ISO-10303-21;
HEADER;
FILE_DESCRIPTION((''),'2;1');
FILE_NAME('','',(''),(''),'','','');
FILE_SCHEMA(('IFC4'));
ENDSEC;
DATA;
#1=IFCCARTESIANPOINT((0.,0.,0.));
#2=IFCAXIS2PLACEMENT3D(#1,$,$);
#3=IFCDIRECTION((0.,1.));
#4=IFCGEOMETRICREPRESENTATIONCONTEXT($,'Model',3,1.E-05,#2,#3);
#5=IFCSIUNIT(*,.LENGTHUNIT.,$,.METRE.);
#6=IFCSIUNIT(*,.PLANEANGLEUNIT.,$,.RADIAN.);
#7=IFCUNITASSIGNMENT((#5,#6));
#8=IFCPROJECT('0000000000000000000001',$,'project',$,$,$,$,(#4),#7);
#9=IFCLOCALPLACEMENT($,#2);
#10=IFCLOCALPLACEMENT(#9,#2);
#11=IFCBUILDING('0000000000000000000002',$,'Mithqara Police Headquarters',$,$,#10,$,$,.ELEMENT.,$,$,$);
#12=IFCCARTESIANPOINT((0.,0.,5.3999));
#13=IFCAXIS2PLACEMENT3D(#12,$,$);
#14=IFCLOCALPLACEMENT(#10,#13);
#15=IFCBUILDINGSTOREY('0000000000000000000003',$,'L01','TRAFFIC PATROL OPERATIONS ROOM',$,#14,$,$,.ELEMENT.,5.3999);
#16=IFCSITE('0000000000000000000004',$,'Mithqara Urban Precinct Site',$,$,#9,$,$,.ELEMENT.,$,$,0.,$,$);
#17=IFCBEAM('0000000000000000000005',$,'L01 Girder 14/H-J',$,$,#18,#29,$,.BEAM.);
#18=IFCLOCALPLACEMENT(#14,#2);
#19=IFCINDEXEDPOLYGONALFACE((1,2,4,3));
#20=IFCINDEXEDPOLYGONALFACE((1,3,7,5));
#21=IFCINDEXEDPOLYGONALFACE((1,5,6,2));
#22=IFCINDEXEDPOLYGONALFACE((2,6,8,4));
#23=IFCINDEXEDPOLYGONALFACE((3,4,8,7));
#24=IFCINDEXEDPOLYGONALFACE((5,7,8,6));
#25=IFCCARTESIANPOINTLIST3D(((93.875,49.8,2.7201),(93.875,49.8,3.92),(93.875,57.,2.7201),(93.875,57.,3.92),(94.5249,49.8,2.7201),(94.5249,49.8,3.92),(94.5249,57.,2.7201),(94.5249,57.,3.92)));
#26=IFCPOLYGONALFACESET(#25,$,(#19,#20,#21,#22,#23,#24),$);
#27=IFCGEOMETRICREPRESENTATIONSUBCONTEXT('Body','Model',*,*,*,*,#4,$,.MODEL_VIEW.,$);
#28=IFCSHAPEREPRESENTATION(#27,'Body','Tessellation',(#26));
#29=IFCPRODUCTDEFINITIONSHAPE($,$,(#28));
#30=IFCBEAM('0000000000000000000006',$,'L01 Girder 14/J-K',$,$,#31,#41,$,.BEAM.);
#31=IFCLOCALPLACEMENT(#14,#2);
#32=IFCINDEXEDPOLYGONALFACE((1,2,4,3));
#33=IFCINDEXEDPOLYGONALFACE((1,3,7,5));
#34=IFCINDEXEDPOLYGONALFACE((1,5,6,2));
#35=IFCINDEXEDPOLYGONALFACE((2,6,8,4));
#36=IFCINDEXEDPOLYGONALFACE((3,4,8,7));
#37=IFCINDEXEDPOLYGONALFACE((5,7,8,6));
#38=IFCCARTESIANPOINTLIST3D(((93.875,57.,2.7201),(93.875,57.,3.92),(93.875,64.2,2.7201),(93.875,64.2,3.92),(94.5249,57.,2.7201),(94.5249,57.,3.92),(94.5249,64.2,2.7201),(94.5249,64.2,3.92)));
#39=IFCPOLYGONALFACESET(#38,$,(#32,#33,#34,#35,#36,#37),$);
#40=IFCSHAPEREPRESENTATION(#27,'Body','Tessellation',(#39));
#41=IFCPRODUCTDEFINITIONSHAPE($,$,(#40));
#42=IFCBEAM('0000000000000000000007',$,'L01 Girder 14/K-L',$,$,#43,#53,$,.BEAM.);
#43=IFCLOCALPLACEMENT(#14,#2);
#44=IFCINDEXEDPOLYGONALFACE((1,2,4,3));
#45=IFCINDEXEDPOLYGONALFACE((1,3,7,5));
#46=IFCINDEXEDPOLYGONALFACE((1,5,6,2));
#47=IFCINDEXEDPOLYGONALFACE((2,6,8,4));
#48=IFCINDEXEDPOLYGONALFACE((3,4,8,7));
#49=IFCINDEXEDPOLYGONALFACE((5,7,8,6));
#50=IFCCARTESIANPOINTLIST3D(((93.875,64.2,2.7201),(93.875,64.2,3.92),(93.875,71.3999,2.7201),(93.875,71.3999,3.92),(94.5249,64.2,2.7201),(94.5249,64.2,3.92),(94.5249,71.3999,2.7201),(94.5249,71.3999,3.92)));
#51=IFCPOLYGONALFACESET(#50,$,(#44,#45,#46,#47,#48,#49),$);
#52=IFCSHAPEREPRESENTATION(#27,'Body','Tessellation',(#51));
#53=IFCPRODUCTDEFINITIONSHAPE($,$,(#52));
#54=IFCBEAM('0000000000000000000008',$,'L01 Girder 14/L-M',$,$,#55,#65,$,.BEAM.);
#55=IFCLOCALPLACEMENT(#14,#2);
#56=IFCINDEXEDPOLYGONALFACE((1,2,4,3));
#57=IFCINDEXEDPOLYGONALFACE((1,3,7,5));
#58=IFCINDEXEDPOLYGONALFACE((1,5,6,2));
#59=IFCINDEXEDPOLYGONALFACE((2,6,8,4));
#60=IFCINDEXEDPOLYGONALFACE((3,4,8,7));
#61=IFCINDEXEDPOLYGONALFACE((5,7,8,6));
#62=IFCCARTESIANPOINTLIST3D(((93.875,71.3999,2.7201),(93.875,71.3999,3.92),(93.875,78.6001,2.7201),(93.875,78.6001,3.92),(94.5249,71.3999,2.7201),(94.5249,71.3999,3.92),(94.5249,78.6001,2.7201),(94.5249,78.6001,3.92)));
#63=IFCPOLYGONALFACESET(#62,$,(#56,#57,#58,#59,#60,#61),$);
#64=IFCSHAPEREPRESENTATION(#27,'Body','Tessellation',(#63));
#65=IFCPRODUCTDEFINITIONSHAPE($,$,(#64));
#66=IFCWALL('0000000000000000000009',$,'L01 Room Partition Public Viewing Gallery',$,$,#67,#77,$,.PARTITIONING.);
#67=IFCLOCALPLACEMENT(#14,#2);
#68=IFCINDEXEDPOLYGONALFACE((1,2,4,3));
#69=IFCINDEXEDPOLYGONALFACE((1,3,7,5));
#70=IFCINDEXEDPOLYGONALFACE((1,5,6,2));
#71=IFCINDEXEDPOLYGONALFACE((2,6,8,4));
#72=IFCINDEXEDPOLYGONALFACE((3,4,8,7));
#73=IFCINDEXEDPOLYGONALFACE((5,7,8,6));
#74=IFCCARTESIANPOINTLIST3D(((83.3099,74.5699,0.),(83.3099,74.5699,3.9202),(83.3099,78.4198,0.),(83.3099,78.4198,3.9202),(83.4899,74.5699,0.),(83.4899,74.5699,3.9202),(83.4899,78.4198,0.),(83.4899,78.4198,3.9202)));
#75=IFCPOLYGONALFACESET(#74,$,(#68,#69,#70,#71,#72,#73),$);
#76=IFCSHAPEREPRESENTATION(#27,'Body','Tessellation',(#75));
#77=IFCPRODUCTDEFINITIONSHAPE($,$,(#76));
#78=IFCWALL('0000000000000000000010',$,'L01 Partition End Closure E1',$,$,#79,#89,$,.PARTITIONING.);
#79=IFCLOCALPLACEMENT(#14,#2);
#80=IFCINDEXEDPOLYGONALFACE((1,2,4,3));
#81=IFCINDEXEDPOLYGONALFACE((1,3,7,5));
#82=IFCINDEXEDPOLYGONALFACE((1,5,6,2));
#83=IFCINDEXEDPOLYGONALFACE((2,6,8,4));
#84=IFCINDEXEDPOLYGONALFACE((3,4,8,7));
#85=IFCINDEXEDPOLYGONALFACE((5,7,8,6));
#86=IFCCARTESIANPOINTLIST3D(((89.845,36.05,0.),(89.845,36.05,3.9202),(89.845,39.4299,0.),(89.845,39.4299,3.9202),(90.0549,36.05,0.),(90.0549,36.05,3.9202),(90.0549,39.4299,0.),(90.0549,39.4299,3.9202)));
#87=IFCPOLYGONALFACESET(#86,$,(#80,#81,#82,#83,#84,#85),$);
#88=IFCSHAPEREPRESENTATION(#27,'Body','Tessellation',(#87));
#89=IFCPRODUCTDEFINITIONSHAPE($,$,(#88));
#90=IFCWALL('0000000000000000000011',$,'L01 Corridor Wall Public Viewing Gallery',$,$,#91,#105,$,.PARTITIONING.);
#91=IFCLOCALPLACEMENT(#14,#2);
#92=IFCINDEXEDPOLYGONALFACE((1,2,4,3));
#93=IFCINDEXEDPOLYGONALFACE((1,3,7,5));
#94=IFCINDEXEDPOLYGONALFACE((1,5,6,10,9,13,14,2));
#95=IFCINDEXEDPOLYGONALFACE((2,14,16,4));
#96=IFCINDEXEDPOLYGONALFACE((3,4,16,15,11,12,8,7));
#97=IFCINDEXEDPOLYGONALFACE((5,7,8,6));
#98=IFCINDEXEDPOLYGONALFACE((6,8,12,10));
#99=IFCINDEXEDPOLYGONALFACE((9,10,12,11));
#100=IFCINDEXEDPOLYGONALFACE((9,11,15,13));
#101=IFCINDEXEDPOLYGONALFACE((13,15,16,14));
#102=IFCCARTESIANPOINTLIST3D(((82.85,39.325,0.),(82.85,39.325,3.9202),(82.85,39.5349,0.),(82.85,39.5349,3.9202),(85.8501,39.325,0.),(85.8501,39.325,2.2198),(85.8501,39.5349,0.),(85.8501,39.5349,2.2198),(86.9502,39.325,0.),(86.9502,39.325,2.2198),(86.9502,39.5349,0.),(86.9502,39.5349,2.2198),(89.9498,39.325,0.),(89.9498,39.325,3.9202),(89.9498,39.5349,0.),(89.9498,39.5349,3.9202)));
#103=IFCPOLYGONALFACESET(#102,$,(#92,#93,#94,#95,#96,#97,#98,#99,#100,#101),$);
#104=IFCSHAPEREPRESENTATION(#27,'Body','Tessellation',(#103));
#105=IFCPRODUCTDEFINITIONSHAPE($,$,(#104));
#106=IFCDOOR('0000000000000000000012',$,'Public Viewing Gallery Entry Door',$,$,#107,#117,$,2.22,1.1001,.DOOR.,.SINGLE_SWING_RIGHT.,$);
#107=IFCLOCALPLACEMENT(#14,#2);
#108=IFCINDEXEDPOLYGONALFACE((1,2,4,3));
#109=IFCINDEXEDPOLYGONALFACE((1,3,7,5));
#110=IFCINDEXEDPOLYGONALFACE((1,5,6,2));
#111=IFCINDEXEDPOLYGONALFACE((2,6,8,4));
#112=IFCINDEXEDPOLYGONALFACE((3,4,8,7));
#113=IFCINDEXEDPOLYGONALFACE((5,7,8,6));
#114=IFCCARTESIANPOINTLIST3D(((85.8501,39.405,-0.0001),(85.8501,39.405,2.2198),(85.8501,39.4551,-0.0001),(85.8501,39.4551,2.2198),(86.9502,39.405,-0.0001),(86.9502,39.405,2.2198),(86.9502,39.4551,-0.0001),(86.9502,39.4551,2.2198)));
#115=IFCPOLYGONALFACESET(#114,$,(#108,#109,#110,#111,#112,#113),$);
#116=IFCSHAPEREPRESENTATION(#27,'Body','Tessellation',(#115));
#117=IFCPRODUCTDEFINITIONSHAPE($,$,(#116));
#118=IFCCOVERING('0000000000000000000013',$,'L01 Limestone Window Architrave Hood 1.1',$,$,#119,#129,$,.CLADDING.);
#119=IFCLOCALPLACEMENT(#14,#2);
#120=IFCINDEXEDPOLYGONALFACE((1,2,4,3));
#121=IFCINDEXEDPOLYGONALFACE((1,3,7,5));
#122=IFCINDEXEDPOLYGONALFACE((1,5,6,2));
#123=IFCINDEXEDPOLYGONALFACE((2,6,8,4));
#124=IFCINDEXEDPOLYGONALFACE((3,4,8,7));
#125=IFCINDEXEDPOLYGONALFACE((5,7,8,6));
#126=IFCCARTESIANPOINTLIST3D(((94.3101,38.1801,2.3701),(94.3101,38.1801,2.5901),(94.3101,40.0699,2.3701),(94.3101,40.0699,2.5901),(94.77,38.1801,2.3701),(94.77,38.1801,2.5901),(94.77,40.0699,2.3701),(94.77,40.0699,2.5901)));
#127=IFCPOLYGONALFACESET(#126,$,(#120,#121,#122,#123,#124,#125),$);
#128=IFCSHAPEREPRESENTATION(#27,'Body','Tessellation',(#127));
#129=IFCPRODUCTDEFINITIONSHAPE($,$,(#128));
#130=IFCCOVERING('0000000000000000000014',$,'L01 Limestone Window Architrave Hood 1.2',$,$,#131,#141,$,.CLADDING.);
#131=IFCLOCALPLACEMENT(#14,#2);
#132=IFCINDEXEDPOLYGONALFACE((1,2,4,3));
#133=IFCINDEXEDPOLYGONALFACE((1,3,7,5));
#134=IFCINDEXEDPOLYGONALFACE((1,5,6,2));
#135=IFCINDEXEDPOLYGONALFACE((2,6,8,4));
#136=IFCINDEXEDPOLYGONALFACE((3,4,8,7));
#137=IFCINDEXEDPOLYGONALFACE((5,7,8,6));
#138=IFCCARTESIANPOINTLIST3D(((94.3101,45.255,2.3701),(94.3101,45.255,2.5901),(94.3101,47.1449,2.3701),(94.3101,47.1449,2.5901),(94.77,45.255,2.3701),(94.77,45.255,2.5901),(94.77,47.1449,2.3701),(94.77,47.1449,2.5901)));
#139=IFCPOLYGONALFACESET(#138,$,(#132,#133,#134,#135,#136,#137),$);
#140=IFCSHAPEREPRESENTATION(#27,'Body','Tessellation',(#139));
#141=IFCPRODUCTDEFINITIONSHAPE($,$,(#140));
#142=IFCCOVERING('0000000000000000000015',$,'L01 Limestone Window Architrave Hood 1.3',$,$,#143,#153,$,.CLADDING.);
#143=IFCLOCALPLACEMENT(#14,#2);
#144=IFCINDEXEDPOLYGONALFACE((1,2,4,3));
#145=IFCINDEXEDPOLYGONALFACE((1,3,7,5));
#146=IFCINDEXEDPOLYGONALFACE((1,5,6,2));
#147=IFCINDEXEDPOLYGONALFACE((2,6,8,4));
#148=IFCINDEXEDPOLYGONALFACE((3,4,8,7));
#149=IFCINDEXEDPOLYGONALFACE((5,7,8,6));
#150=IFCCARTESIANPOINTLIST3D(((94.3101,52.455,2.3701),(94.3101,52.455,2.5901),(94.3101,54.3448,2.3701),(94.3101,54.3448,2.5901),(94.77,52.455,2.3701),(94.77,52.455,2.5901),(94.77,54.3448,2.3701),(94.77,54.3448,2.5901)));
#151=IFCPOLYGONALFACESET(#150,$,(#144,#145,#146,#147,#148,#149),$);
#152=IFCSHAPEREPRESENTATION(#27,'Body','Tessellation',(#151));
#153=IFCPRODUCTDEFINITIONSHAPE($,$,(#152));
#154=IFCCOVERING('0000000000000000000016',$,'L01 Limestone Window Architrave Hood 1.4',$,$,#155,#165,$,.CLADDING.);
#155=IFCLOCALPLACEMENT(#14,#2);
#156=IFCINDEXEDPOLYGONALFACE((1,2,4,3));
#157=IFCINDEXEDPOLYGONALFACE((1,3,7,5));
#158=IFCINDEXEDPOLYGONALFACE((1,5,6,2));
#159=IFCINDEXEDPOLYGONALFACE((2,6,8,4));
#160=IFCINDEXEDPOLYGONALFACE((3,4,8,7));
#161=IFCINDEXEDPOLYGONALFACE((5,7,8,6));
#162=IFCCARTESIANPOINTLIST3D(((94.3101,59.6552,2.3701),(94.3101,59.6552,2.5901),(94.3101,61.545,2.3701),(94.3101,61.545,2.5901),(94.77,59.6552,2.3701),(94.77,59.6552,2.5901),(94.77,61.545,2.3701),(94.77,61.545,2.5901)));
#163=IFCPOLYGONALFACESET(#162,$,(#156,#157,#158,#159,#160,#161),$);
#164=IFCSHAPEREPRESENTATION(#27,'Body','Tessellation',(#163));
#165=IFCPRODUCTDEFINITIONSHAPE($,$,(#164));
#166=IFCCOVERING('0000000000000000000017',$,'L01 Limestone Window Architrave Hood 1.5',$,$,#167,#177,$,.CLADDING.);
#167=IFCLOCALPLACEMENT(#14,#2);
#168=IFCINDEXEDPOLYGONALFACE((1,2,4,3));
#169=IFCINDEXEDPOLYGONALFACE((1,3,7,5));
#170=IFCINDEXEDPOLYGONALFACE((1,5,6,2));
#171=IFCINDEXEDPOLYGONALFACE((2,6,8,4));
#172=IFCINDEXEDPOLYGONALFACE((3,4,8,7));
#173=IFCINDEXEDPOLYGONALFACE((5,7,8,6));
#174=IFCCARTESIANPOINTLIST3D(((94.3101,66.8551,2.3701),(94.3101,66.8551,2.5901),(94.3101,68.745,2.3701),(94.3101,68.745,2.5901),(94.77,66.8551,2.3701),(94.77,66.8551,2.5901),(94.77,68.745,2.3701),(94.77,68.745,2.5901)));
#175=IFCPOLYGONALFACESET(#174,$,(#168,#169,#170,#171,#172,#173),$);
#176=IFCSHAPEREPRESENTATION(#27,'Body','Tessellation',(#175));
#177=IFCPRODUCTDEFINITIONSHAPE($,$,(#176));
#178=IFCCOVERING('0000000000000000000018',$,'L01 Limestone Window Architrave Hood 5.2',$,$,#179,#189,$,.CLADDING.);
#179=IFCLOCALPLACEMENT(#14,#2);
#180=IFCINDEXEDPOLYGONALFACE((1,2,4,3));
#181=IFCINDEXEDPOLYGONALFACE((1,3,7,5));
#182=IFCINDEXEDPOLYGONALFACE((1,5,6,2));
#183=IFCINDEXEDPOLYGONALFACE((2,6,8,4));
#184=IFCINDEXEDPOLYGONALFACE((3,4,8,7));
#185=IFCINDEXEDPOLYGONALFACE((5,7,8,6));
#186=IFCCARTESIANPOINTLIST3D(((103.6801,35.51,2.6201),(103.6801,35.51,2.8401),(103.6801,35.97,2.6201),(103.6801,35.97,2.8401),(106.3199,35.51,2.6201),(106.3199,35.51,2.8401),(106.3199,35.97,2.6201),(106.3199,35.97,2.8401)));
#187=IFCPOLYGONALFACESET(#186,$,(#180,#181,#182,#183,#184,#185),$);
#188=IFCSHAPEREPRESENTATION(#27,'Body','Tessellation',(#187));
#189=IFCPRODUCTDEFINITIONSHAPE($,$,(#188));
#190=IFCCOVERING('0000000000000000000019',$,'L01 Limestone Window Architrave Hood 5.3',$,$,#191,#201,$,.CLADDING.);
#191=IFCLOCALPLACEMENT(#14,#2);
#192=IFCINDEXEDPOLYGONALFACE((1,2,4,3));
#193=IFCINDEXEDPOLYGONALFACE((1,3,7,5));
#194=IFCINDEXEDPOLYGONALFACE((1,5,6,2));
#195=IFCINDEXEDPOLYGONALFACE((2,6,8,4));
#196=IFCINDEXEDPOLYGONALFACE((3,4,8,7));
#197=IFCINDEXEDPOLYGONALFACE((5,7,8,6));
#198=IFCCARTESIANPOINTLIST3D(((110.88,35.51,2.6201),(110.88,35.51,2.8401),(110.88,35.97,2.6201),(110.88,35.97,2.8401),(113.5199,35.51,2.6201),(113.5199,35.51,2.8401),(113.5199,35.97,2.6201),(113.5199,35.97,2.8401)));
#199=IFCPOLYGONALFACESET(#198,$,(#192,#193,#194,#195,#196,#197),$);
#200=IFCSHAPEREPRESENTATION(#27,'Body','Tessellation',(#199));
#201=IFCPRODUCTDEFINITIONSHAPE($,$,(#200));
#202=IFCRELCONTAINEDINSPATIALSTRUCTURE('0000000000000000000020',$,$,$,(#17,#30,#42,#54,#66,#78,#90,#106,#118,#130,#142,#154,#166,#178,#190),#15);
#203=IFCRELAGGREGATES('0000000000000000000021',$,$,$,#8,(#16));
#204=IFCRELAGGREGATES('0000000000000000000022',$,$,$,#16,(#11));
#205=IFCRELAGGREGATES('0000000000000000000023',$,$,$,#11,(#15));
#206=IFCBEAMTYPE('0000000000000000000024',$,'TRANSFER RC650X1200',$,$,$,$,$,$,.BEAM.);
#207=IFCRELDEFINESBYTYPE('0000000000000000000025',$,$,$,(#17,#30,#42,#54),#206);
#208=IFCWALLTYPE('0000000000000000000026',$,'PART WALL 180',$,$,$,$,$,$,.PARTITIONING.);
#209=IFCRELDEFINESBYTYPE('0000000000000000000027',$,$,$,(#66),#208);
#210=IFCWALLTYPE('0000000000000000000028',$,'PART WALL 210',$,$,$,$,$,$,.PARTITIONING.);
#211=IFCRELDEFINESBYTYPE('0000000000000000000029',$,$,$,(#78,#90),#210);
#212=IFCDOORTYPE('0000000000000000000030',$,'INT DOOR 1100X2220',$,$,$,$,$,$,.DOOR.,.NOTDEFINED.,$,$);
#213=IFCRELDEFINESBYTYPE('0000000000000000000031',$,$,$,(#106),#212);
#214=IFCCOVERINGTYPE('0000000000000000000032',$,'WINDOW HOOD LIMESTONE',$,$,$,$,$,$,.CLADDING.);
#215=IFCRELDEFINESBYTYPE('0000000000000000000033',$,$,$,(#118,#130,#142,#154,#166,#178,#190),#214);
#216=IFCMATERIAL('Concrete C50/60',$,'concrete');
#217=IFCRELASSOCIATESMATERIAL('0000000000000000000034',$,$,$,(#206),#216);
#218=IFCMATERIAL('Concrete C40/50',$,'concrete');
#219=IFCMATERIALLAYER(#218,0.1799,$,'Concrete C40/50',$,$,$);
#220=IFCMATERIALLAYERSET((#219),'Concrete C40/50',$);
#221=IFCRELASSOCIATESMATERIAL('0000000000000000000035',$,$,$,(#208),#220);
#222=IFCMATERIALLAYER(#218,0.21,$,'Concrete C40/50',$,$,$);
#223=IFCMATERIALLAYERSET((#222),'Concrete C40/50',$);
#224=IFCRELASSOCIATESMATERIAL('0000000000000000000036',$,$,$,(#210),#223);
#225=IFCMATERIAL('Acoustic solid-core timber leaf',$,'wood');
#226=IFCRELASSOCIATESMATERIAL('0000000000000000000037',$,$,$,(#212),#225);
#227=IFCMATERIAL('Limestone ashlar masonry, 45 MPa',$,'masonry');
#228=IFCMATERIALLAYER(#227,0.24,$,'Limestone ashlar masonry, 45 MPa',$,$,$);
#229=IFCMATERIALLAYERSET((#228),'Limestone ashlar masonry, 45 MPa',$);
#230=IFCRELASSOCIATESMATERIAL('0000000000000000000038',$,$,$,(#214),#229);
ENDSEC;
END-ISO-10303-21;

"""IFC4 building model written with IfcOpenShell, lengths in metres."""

from ifc_helpers import new_model, si_unit, direction, frame, frame_2d, origin, origin_2d, place, context, subcontext, project, spatial, rectangle, extrude, material, layer, layer_set, material_profile, profile_set, type_object, element, fill, save


model = new_model("IFC4")

# Units and contexts
model_context = context("Model", 3, precision=1e-05, world=origin(), true_north=direction((0.0, 1.0)))
body_context = subcontext(model_context, "Body", "Model", "MODEL_VIEW")
ifc_project = project(units=[si_unit("LENGTHUNIT", "METRE"), si_unit("PLANEANGLEUNIT", "RADIAN")], contexts=[model_context])

# Site, building, storey
site_placement = place(None, origin())
site = spatial("IfcSite", under=ifc_project, at=site_placement, Name="Mithqara Urban Precinct Site", CompositionType="ELEMENT", RefElevation=0.0)
building_placement = place(site_placement, origin())
building = spatial("IfcBuilding", under=site, at=building_placement, Name="Mithqara Police Headquarters", CompositionType="ELEMENT")
storey_placement = place(building_placement, frame((0.0, 0.0, 5.3999)))
storey = spatial("IfcBuildingStorey", under=building, at=storey_placement, Name="L01", Description="TRAFFIC PATROL OPERATIONS ROOM", CompositionType="ELEMENT", Elevation=5.3999)

# Shared definitions
ifc_material_1 = material(Name="Concrete C50/60", Category="concrete")

# Beams
ifc_material_profile_1 = material_profile(ifc_material_1, rectangle(XDim=0.6499, YDim=1.2, at=origin_2d()), Name="RC 650x1200")
ifc_profile_set_1 = profile_set([ifc_material_profile_1], Name="Concrete C50/60")
beam_type = type_object("IfcBeamType", Name="TRANSFER RC650X1200", PredefinedType="BEAM", material=ifc_profile_set_1)
for number, where, z_axis, x_axis, name in (
    (1, (94.2, 49.8, 3.3201), (0.0, 1.0, 0.0), (-1.0, 0.0, 0.0), "L01 Girder 14/H-J"),
    (2, (94.2, 57.0, 3.3201), (0.0, 1.0, 0.0), (-1.0, 0.0, 0.0), "L01 Girder 14/J-K"),
    (3, (94.2, 64.2, 3.3201), (0.0, 1.0, 0.0), (-1.0, 0.0, 0.0), "L01 Girder 14/K-L"),
):
    element("IfcBeam", number, at=place(storey_placement, frame(where, z_axis=z_axis, x_axis=x_axis)), inside=storey, type_object=beam_type, Name=name, PredefinedType="BEAM", context=body_context, shape_type="SweptSolid", body=[
        extrude(rectangle(XDim=0.6499, YDim=1.2, at=origin_2d()), origin(), (0.0, 0.0, 1.0), 7.2),
    ])
beam_placement = place(storey_placement, frame((94.2, 71.3999, 3.3201), z_axis=(0.0, 1.0, 0.0), x_axis=(-1.0, 0.0, 0.0)))
element("IfcBeam", 4, at=beam_placement, inside=storey, type_object=beam_type, Name="L01 Girder 14/L-M", PredefinedType="BEAM", context=body_context, shape_type="SweptSolid", body=[
    extrude(rectangle(XDim=0.6499, YDim=1.2, at=origin_2d()), origin(), (0.0, 0.0, 1.0), 7.2002),
])

# Wall
ifc_material_2 = material(Name="Concrete C40/50", Category="concrete")
ifc_layer_1 = layer(ifc_material_2, 0.1799, Name="Concrete C40/50")
ifc_layer_set_1 = layer_set([ifc_layer_1], Name="Concrete C40/50")
wall_type_1 = type_object("IfcWallType", Name="PART WALL 180", PredefinedType="PARTITIONING", material=ifc_layer_set_1)
wall_1_placement = place(storey_placement, frame((83.3999, 74.5701, 0.0), z_axis=(0.0, 0.0, 1.0), x_axis=(0.0, 1.0, 0.0)))
element("IfcWall", 5, at=wall_1_placement, inside=storey, type_object=wall_type_1, Name="L01 Room Partition Public Viewing Gallery", PredefinedType="PARTITIONING", context=body_context, shape_type="SweptSolid", body=[
    extrude(rectangle(XDim=3.8499, YDim=0.1799, at=frame_2d((1.9248, 0.0))), origin(), (0.0, 0.0, 1.0), 3.9202),
])

# Shared definitions
ifc_layer_2 = layer(ifc_material_2, 0.21, Name="Concrete C40/50")
ifc_layer_set_2 = layer_set([ifc_layer_2], Name="Concrete C40/50")
wall_type_2 = type_object("IfcWallType", Name="PART WALL 210", PredefinedType="PARTITIONING", material=ifc_layer_set_2)

# Wall
wall_2_placement = place(storey_placement, frame((89.95, 36.05, 0.0), z_axis=(0.0, 0.0, 1.0), x_axis=(0.0, 1.0, 0.0)))
element("IfcWall", 6, at=wall_2_placement, inside=storey, type_object=wall_type_2, Name="L01 Partition End Closure E1", PredefinedType="PARTITIONING", context=body_context, shape_type="SweptSolid", body=[
    extrude(rectangle(XDim=3.3799, YDim=0.21, at=frame_2d((1.6899, 0.0))), origin(), (0.0, 0.0, 1.0), 3.9202),
])

# Wall, opening, door
wall_3_placement = place(storey_placement, frame((82.8501, 39.4299, 0.0), z_axis=(0.0, 0.0, 1.0), x_axis=(1.0, 0.0, 0.0)))
wall_3 = element("IfcWall", 7, at=wall_3_placement, inside=storey, type_object=wall_type_2, Name="L01 Corridor Wall Public Viewing Gallery", PredefinedType="PARTITIONING", context=body_context, shape_type="SweptSolid", body=[
    extrude(rectangle(XDim=7.0999, YDim=0.21, at=frame_2d((3.5498, 0.0))), origin(), (0.0, 0.0, 1.0), 3.9202),
])
opening_1_placement = place(wall_3_placement, frame((3.0, 0.0, 0.0)))
opening_1 = element("IfcOpeningElement", 8, at=opening_1_placement, cuts=wall_3, PredefinedType="OPENING", context=body_context, shape_type="SweptSolid", body=[
    extrude(rectangle(XDim=1.1001, YDim=2.22, at=frame_2d((0.55, 1.1099))), frame((0.0, 0.115, 0.0), z_axis=(0.0, -1.0, 0.0), x_axis=(1.0, 0.0, 0.0)), (0.0, 0.0, 1.0), 0.23),
])
ifc_material_3 = material(Name="Acoustic solid-core timber leaf", Category="wood")
door_type_1 = type_object("IfcDoorType", Name="INT DOOR 1100X2220", OperationType="NOTDEFINED", PredefinedType="DOOR", material=ifc_material_3)
door_1_placement = place(opening_1_placement, frame((1.1001, 0.0, 0.0), z_axis=(0.0, 0.0, 1.0), x_axis=(-1.0, 0.0, 0.0)))
door_1 = element("IfcDoor", 9, at=door_1_placement, inside=storey, type_object=door_type_1, Name="Public Viewing Gallery Entry Door", OperationType="SINGLE_SWING_RIGHT", OverallHeight=2.22, OverallWidth=1.1001, PredefinedType="DOOR", context=body_context, shape_type="SweptSolid", body=[
    extrude(rectangle(XDim=1.1001, YDim=2.22, at=frame_2d((0.55, 1.1099))), frame((0.0, 0.0249, 0.0), z_axis=(0.0, -1.0, 0.0), x_axis=(1.0, 0.0, 0.0)), (0.0, 0.0, 1.0), 0.05),
])
fill(opening_1, door_1)

# Coverings
ifc_material_4 = material(Name="Limestone ashlar masonry, 45 MPa", Category="masonry")
ifc_layer_3 = layer(ifc_material_4, 0.24, Name="Limestone ashlar masonry, 45 MPa")
ifc_layer_set_3 = layer_set([ifc_layer_3], Name="Limestone ashlar masonry, 45 MPa")
covering_type = type_object("IfcCoveringType", Name="WINDOW HOOD LIMESTONE", PredefinedType="CLADDING", material=ifc_layer_set_3)
for number, where, z_axis, x_axis, name in (
    (10, (94.54, 39.125, 2.3701), (0.0, 0.0, 1.0), (0.0, 1.0, 0.0), "L01 Limestone Window Architrave Hood 1.1"),
    (11, (94.54, 46.2, 2.3701), (0.0, 0.0, 1.0), (0.0, 1.0, 0.0), "L01 Limestone Window Architrave Hood 1.2"),
    (12, (94.54, 53.3999, 2.3701), (0.0, 0.0, 1.0), (0.0, 1.0, 0.0), "L01 Limestone Window Architrave Hood 1.3"),
    (13, (94.54, 60.6001, 2.3701), (0.0, 0.0, 1.0), (0.0, 1.0, 0.0), "L01 Limestone Window Architrave Hood 1.4"),
    (14, (94.54, 67.8, 2.3701), (0.0, 0.0, 1.0), (0.0, 1.0, 0.0), "L01 Limestone Window Architrave Hood 1.5"),
):
    element("IfcCovering", number, at=place(storey_placement, frame(where, z_axis=z_axis, x_axis=x_axis)), inside=storey, type_object=covering_type, Name=name, PredefinedType="CLADDING", context=body_context, shape_type="SweptSolid", body=[
        extrude(rectangle(XDim=1.8899, YDim=0.46, at=origin_2d()), origin(), (0.0, 0.0, 1.0), 0.22),
    ])
for number, where, z_axis, x_axis, name in (
    (15, (105.0, 35.74, 2.6201), (0.0, 0.0, 1.0), (1.0, 0.0, 0.0), "L01 Limestone Window Architrave Hood 5.2"),
    (16, (112.2, 35.74, 2.6201), (0.0, 0.0, 1.0), (1.0, 0.0, 0.0), "L01 Limestone Window Architrave Hood 5.3"),
):
    element("IfcCovering", number, at=place(storey_placement, frame(where, z_axis=z_axis, x_axis=x_axis)), inside=storey, type_object=covering_type, Name=name, PredefinedType="CLADDING", context=body_context, shape_type="SweptSolid", body=[
        extrude(rectangle(XDim=2.6399, YDim=0.46, at=origin_2d()), origin(), (0.0, 0.0, 1.0), 0.22),
    ])

save(model, "model.ifc")
